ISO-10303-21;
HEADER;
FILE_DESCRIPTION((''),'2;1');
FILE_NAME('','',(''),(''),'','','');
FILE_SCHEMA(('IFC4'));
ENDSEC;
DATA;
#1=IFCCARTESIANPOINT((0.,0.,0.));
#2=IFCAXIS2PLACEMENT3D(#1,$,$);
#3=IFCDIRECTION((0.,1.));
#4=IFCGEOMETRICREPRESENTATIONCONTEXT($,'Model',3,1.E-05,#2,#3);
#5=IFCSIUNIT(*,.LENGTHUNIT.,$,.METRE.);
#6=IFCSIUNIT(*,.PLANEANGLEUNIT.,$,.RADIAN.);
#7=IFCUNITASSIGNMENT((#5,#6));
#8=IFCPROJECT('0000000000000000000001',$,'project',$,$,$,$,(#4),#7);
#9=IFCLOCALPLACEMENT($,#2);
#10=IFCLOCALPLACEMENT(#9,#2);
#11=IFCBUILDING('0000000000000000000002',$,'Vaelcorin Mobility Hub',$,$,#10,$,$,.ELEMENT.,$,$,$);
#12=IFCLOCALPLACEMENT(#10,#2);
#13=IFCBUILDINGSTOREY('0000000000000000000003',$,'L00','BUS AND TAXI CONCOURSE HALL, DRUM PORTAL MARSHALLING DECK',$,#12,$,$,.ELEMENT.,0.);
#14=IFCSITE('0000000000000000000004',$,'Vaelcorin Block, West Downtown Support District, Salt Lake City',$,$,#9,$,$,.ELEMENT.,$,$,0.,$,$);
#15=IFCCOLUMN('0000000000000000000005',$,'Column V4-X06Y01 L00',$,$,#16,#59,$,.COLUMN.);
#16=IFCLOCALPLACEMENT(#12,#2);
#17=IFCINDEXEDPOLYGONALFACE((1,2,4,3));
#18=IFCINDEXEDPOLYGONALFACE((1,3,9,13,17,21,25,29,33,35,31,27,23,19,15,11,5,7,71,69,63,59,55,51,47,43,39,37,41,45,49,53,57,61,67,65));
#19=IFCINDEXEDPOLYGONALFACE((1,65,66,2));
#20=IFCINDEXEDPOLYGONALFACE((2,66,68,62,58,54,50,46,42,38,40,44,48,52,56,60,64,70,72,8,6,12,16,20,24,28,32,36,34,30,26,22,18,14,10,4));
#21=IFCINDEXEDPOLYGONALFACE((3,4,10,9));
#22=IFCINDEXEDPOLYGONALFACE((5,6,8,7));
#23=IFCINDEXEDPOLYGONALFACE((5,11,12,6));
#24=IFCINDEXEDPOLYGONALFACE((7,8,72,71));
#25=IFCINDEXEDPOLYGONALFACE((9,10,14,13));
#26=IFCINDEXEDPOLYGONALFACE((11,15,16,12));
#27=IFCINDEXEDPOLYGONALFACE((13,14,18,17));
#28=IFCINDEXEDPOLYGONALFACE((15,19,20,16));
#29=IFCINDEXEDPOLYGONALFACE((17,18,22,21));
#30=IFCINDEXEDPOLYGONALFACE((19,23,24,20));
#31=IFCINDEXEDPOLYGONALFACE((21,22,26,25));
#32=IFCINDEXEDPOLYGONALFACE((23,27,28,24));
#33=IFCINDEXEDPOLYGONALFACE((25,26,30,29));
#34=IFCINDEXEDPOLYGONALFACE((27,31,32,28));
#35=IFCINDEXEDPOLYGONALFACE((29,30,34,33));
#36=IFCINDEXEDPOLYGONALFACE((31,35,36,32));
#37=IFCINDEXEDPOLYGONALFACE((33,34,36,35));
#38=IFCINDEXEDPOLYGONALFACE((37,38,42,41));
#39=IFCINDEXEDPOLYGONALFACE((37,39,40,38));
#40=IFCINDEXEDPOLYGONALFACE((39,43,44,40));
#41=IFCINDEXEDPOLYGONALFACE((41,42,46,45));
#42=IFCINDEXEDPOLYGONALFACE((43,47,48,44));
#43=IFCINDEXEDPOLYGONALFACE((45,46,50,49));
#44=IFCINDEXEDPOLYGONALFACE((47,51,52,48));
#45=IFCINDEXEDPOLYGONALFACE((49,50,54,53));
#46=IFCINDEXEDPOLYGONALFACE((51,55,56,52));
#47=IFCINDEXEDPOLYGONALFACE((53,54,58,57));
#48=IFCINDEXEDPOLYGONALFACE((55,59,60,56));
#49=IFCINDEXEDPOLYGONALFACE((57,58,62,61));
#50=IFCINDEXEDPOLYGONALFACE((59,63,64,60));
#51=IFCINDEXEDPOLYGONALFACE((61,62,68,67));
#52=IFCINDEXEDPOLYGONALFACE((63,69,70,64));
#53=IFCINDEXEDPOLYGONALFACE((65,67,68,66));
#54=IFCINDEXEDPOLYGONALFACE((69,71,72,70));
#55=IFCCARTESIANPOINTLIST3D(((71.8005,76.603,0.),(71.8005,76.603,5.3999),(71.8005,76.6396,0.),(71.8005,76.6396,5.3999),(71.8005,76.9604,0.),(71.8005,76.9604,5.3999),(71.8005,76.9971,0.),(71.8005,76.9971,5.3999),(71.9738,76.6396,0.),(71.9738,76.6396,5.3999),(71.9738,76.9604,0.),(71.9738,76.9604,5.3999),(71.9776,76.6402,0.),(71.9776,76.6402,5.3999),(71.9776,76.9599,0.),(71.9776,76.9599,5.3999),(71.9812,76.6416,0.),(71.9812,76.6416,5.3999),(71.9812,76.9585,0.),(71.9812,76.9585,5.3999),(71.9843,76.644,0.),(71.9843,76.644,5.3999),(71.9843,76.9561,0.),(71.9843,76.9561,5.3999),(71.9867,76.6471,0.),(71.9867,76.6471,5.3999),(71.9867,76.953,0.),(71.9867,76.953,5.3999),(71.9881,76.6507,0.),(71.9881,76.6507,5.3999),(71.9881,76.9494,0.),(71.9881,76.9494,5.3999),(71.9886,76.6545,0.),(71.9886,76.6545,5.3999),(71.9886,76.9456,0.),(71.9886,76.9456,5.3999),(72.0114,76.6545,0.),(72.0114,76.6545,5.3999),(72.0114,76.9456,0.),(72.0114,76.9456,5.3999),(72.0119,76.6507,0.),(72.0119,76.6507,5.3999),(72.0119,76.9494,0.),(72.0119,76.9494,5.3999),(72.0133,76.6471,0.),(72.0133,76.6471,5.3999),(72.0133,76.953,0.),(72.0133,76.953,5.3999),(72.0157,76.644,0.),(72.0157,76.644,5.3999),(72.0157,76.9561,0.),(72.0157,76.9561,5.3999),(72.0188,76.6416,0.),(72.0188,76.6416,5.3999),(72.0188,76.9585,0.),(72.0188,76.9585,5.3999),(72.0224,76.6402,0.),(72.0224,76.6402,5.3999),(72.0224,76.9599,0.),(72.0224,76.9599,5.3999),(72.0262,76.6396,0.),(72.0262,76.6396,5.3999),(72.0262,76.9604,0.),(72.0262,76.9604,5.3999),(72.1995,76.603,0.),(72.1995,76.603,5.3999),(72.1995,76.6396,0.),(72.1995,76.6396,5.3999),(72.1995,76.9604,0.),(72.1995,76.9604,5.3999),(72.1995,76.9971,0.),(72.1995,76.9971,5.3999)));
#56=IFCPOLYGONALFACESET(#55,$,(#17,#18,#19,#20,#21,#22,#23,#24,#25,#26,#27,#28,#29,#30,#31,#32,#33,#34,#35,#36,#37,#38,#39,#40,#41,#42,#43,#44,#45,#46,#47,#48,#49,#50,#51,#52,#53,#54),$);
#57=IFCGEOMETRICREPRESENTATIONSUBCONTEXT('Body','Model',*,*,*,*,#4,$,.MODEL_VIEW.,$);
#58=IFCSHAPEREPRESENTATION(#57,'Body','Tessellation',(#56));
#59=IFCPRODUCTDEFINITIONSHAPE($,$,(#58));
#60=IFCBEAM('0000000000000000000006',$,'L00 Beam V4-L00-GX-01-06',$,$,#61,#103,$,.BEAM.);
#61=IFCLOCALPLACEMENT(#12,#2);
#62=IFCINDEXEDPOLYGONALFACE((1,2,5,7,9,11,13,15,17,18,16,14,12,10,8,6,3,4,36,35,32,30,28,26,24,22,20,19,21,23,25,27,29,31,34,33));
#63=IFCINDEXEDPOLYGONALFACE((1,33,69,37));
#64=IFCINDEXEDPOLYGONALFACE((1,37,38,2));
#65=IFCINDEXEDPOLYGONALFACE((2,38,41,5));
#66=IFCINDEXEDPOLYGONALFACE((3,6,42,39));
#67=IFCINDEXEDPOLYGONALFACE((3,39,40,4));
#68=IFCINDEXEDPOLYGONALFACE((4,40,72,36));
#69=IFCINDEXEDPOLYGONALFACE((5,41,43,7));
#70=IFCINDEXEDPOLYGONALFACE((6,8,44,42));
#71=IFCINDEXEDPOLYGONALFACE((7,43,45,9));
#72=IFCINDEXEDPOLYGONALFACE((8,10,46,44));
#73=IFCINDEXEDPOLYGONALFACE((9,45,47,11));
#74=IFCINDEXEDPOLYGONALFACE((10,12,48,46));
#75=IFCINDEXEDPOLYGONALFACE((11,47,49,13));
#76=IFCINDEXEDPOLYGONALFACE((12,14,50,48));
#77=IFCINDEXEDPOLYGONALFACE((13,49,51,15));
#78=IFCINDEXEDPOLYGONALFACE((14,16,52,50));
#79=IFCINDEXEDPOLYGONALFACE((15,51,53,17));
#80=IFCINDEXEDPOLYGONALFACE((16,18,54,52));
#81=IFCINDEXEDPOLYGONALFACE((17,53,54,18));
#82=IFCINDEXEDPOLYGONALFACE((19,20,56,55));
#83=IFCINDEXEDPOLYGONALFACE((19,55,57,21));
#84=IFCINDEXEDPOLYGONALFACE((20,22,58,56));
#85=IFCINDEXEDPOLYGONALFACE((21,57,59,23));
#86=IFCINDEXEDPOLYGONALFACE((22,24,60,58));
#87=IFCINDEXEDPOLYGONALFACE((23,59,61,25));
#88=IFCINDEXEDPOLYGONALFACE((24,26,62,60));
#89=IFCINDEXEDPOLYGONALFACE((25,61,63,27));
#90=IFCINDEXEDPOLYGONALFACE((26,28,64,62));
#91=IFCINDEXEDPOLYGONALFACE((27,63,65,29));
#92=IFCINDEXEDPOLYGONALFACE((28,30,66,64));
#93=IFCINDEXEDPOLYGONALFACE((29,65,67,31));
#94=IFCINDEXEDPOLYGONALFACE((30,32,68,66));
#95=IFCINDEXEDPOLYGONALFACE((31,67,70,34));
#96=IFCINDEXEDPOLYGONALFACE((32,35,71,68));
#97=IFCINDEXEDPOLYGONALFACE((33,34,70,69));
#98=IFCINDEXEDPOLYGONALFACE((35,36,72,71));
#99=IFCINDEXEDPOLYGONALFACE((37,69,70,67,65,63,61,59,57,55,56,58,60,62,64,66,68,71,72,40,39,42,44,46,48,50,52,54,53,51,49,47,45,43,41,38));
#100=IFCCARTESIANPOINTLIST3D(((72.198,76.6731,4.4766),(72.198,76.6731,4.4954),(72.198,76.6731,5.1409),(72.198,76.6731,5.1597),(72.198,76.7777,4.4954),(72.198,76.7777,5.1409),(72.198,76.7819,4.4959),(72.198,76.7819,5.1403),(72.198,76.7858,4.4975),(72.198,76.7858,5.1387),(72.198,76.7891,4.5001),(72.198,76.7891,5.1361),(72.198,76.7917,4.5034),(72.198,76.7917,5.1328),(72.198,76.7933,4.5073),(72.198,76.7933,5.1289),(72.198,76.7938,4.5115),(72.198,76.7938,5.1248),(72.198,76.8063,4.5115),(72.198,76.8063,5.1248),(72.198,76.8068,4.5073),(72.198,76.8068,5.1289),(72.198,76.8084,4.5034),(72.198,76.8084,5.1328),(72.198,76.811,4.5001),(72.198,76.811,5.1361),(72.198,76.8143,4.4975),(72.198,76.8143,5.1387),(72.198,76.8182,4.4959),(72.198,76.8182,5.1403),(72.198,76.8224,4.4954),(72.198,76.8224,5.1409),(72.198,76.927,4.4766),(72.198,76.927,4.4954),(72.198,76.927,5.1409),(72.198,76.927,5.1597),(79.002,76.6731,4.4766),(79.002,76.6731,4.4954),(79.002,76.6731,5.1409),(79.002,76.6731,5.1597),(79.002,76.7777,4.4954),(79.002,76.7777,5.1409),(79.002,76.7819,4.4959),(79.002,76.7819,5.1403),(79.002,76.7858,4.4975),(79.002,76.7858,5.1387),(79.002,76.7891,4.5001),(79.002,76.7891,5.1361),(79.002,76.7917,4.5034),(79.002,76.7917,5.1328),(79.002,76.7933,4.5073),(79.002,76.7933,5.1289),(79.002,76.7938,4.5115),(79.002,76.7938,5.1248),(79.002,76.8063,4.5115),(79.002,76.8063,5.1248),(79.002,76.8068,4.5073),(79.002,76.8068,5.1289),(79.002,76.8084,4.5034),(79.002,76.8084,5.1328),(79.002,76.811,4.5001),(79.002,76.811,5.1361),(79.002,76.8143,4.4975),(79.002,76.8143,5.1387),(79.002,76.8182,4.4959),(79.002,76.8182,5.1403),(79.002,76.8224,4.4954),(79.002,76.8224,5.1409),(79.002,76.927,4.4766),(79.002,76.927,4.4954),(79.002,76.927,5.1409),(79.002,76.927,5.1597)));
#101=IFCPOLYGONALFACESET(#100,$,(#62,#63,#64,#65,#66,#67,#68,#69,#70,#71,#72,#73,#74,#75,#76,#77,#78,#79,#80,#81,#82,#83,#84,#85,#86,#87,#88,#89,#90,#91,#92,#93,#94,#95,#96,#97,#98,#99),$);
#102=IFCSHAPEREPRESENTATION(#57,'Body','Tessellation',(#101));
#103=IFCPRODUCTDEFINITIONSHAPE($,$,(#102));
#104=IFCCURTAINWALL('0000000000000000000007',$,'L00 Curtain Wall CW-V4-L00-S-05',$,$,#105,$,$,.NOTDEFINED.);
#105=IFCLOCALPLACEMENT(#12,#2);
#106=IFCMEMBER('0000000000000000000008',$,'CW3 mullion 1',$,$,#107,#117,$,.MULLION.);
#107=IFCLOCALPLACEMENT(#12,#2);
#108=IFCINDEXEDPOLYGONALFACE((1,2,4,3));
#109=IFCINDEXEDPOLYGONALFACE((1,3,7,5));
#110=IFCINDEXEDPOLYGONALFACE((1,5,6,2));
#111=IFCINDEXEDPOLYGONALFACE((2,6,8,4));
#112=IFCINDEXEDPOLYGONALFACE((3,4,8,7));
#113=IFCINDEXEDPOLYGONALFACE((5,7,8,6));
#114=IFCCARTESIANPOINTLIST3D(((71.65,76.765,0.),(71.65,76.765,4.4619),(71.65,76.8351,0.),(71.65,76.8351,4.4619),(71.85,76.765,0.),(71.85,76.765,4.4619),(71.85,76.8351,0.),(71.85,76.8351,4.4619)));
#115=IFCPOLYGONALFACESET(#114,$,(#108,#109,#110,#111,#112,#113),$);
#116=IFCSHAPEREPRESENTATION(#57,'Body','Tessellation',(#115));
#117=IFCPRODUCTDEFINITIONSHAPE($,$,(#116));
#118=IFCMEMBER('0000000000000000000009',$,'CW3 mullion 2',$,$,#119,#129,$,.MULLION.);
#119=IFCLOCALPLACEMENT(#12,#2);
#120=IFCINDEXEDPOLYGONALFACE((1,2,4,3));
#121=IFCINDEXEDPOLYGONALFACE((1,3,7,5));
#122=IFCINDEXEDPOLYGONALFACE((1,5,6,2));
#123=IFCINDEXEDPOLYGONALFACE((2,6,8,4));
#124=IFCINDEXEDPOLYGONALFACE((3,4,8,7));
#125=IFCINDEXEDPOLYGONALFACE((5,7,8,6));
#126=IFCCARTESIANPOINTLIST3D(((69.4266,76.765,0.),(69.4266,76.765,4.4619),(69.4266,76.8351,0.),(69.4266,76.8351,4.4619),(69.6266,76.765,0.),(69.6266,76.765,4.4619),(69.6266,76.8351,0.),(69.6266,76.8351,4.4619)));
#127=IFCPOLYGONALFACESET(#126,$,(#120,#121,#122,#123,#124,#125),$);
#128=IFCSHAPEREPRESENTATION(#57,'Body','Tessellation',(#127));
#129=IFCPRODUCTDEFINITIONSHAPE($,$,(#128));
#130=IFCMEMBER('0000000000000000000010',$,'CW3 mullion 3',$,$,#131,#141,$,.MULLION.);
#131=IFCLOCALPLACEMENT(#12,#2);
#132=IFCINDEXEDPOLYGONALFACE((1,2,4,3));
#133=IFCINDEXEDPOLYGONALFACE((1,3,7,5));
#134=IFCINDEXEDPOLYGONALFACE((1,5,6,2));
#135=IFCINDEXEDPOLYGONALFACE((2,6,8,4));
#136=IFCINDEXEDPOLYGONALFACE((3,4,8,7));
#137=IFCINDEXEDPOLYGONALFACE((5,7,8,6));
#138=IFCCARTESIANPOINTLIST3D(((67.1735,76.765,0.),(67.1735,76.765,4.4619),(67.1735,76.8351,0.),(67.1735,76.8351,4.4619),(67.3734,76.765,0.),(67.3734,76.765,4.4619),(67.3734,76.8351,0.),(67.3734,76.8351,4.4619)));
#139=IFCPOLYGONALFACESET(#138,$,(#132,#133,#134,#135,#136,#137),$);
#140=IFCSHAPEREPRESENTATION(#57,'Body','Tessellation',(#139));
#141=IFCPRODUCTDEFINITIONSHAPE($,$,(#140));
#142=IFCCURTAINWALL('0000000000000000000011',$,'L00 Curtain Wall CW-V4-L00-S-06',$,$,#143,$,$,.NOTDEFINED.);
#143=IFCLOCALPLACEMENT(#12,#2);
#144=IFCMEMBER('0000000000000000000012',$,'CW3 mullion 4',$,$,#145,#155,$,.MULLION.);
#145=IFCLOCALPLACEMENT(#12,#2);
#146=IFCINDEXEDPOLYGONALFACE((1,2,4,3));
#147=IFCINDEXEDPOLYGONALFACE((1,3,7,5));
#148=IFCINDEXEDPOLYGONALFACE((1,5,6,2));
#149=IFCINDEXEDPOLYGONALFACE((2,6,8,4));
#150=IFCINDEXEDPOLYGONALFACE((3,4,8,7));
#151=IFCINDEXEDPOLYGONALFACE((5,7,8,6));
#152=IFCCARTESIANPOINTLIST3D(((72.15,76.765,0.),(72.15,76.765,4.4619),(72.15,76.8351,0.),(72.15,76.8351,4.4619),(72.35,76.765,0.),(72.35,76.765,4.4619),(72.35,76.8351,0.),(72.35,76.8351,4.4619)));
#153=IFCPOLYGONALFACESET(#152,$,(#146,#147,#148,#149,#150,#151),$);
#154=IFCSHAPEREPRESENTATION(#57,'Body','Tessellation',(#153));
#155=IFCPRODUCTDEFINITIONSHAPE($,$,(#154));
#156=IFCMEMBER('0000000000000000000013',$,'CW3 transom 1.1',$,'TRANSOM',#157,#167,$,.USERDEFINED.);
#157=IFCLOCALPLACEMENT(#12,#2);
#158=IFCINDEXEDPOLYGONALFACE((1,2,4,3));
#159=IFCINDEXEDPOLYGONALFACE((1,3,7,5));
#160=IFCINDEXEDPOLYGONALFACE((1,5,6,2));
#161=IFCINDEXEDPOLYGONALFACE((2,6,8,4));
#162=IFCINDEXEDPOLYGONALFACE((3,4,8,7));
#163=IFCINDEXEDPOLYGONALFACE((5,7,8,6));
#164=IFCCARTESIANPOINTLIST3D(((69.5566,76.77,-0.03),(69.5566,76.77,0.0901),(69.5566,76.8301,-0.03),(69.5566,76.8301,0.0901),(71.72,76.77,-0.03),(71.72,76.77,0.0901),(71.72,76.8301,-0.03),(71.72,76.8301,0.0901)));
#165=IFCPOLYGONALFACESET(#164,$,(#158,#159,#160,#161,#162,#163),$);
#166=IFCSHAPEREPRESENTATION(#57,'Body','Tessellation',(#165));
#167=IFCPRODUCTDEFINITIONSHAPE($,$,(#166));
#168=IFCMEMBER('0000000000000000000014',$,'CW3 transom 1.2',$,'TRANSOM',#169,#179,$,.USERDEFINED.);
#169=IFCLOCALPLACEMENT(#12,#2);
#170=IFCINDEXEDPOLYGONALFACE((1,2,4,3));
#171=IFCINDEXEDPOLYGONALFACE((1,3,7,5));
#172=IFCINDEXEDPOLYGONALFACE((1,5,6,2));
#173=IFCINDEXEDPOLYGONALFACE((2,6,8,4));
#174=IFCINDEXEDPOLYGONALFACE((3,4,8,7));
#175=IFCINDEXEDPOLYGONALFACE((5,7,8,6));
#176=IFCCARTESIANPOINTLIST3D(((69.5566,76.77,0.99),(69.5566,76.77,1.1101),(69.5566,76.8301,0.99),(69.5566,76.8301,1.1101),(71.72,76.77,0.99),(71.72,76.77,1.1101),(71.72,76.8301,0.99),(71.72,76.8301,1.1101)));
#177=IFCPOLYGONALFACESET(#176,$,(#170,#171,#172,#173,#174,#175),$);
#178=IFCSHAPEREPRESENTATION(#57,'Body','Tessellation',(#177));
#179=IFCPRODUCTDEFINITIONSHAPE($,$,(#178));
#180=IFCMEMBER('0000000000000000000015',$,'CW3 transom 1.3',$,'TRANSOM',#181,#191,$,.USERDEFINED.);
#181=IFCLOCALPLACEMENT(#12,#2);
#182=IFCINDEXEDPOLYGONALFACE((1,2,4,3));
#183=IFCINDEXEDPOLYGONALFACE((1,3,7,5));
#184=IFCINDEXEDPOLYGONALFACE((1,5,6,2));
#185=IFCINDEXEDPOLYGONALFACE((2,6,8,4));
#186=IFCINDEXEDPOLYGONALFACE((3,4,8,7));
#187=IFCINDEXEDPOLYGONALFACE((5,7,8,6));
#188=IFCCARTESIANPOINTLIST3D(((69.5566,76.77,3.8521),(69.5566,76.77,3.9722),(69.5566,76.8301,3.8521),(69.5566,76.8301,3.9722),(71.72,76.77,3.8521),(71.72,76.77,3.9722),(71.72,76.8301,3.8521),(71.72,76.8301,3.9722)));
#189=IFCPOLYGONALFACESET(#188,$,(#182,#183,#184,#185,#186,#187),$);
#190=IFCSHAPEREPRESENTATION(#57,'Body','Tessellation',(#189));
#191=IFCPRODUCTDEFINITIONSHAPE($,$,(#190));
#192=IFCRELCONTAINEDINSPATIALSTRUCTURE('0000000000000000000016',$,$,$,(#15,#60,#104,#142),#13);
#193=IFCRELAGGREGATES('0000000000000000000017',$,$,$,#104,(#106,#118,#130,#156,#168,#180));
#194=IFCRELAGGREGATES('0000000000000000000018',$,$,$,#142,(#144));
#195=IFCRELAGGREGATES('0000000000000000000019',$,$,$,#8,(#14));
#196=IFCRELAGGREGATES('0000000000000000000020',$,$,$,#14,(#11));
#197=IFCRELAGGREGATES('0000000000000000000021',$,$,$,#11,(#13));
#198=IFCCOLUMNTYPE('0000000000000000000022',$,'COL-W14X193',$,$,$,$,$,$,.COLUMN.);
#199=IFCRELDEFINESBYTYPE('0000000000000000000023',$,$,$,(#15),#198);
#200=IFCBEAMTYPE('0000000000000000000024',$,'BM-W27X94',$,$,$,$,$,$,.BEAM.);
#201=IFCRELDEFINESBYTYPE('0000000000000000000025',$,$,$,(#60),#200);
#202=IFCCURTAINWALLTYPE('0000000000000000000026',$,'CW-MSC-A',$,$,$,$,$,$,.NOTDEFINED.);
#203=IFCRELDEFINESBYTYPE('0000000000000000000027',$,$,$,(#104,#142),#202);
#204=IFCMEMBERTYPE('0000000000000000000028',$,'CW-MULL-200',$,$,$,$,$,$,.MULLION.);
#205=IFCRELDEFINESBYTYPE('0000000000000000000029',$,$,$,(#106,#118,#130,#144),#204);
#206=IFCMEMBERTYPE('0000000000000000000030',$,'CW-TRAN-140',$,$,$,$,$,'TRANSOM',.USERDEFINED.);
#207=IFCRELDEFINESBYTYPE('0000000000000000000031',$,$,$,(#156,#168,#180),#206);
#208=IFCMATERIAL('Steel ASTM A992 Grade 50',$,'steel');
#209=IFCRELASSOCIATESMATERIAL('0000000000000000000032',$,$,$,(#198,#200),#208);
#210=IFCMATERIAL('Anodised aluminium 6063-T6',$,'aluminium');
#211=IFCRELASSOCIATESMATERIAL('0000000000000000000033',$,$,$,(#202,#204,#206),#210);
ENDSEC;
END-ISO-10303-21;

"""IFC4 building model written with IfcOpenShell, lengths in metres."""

from ifc_helpers import new_model, si_unit, direction, frame, origin, origin_2d, place, context, subcontext, project, spatial, rectangle, i_section, extrude, material, material_profile, profile_set, type_object, element, aggregate, save


model = new_model("IFC4")

# Units and contexts
model_context = context("Model", 3, precision=1e-05, world=origin(), true_north=direction((0.0, 1.0)))
body_context = subcontext(model_context, "Body", "Model", "MODEL_VIEW")
ifc_project = project(units=[si_unit("LENGTHUNIT", "METRE"), si_unit("PLANEANGLEUNIT", "RADIAN")], contexts=[model_context])

# Site, building, storey
site_placement = place(None, origin())
site = spatial("IfcSite", under=ifc_project, at=site_placement, Name="Vaelcorin Block, West Downtown Support District, Salt Lake City", CompositionType="ELEMENT", RefElevation=0.0)
building_placement = place(site_placement, origin())
building = spatial("IfcBuilding", under=site, at=building_placement, Name="Vaelcorin Mobility Hub", CompositionType="ELEMENT")
storey_placement = place(building_placement, origin())
storey = spatial("IfcBuildingStorey", under=building, at=storey_placement, Name="L00", Description="BUS AND TAXI CONCOURSE HALL, DRUM PORTAL MARSHALLING DECK", CompositionType="ELEMENT", Elevation=0.0)

# Column
ifc_material_1 = material(Name="Steel ASTM A992 Grade 50", Category="steel")
ifc_material_profile_1 = material_profile(ifc_material_1, i_section(OverallWidth=0.3989, OverallDepth=0.394, WebThickness=0.0227, FlangeThickness=0.0366, FilletRadius=0.0149, at=origin_2d()), Name="W14X193")
ifc_profile_set_1 = profile_set([ifc_material_profile_1], Name="Steel ASTM A992 Grade 50")
column_type = type_object("IfcColumnType", Name="COL-W14X193", PredefinedType="COLUMN", material=ifc_profile_set_1)
column_placement = place(storey_placement, frame((72.0, 76.8, 0.0), z_axis=(0.0, 0.0, 1.0), x_axis=(1.0, 0.0, 0.0)))
element("IfcColumn", 1, at=column_placement, inside=storey, type_object=column_type, Name="Column V4-X06Y01 L00", PredefinedType="COLUMN", context=body_context, shape_type="SweptSolid", body=[
    extrude(i_section(OverallWidth=0.3989, OverallDepth=0.394, WebThickness=0.0227, FlangeThickness=0.0366, FilletRadius=0.0149, at=origin_2d()), origin(), (0.0, 0.0, 1.0), 5.3999),
])

# Beam
ifc_material_profile_2 = material_profile(ifc_material_1, i_section(OverallWidth=0.2539, OverallDepth=0.6831, WebThickness=0.0125, FlangeThickness=0.0188, FilletRadius=0.0161, at=origin_2d()), Name="W27X94")
ifc_profile_set_2 = profile_set([ifc_material_profile_2], Name="Steel ASTM A992 Grade 50")
beam_type = type_object("IfcBeamType", Name="BM-W27X94", PredefinedType="BEAM", material=ifc_profile_set_2)
beam_placement = place(storey_placement, frame((72.198, 76.8, 4.8181), z_axis=(1.0, 0.0, 0.0), x_axis=(0.0, 1.0, 0.0)))
element("IfcBeam", 2, at=beam_placement, inside=storey, type_object=beam_type, Name="L00 Beam V4-L00-GX-01-06", PredefinedType="BEAM", context=body_context, shape_type="SweptSolid", body=[
    extrude(i_section(OverallWidth=0.2539, OverallDepth=0.6831, WebThickness=0.0125, FlangeThickness=0.0188, FilletRadius=0.0161, at=origin_2d()), origin(), (0.0, 0.0, 1.0), 6.804),
])

# Curtain wall, members
ifc_material_2 = material(Name="Anodised aluminium 6063-T6", Category="aluminium")
curtain_wall_type = type_object("IfcCurtainWallType", Name="CW-MSC-A", PredefinedType="NOTDEFINED", material=ifc_material_2)
curtain_wall_1_placement = place(storey_placement, origin())
curtain_wall_1 = element("IfcCurtainWall", 3, at=curtain_wall_1_placement, inside=storey, type_object=curtain_wall_type, Name="L00 Curtain Wall CW-V4-L00-S-05", PredefinedType="NOTDEFINED")
ifc_material_profile_3 = material_profile(ifc_material_2, rectangle(XDim=0.0701, YDim=0.2, at=origin_2d()), Name="ALU-M70X200")
ifc_profile_set_3 = profile_set([ifc_material_profile_3], Name="Anodised aluminium 6063-T6")
member_type_1 = type_object("IfcMemberType", Name="CW-MULL-200", PredefinedType="MULLION", material=ifc_profile_set_3)
member_1_placement = place(storey_placement, frame((71.75, 76.8, 0.0), z_axis=(0.0, 0.0, 1.0), x_axis=(0.0, -1.0, 0.0)))
member_1 = element("IfcMember", 4, at=member_1_placement, type_object=member_type_1, Name="CW3 mullion 1", PredefinedType="MULLION", context=body_context, shape_type="SweptSolid", body=[
    extrude(rectangle(XDim=0.0701, YDim=0.2, at=origin_2d()), origin(), (0.0, 0.0, 1.0), 4.4619),
])
member_2_placement = place(storey_placement, frame((69.5266, 76.8, 0.0), z_axis=(0.0, 0.0, 1.0), x_axis=(0.0, -1.0, 0.0)))
member_2 = element("IfcMember", 5, at=member_2_placement, type_object=member_type_1, Name="CW3 mullion 2", PredefinedType="MULLION", context=body_context, shape_type="SweptSolid", body=[
    extrude(rectangle(XDim=0.0701, YDim=0.2, at=origin_2d()), origin(), (0.0, 0.0, 1.0), 4.4619),
])
member_3_placement = place(storey_placement, frame((67.2734, 76.8, 0.0), z_axis=(0.0, 0.0, 1.0), x_axis=(0.0, -1.0, 0.0)))
member_3 = element("IfcMember", 6, at=member_3_placement, type_object=member_type_1, Name="CW3 mullion 3", PredefinedType="MULLION", context=body_context, shape_type="SweptSolid", body=[
    extrude(rectangle(XDim=0.0701, YDim=0.2, at=origin_2d()), origin(), (0.0, 0.0, 1.0), 4.4619),
])

# Curtain wall, member
curtain_wall_2_placement = place(storey_placement, origin())
curtain_wall_2 = element("IfcCurtainWall", 7, at=curtain_wall_2_placement, inside=storey, type_object=curtain_wall_type, Name="L00 Curtain Wall CW-V4-L00-S-06", PredefinedType="NOTDEFINED")
member_4_placement = place(storey_placement, frame((72.25, 76.8, 0.0), z_axis=(0.0, 0.0, 1.0), x_axis=(0.0, -1.0, 0.0)))
member_4 = element("IfcMember", 8, at=member_4_placement, type_object=member_type_1, Name="CW3 mullion 4", PredefinedType="MULLION", context=body_context, shape_type="SweptSolid", body=[
    extrude(rectangle(XDim=0.0701, YDim=0.2, at=origin_2d()), origin(), (0.0, 0.0, 1.0), 4.4619),
])

# Members
ifc_material_profile_4 = material_profile(ifc_material_2, rectangle(XDim=0.0601, YDim=0.1201, at=origin_2d()), Name="ALU-T60X120")
ifc_profile_set_4 = profile_set([ifc_material_profile_4], Name="Anodised aluminium 6063-T6")
member_type_2 = type_object("IfcMemberType", Name="CW-TRAN-140", ElementType="TRANSOM", PredefinedType="USERDEFINED", material=ifc_profile_set_4)
member_5_placement = place(storey_placement, frame((71.72, 76.8, 0.03), z_axis=(-1.0, 0.0, 0.0), x_axis=(0.0, -1.0, 0.0)))
member_5 = element("IfcMember", 9, at=member_5_placement, type_object=member_type_2, Name="CW3 transom 1.1", ObjectType="TRANSOM", PredefinedType="USERDEFINED", context=body_context, shape_type="SweptSolid", body=[
    extrude(rectangle(XDim=0.0601, YDim=0.1201, at=origin_2d()), origin(), (0.0, 0.0, 1.0), 2.1633),
])
member_6_placement = place(storey_placement, frame((71.72, 76.8, 1.05), z_axis=(-1.0, 0.0, 0.0), x_axis=(0.0, -1.0, 0.0)))
member_6 = element("IfcMember", 10, at=member_6_placement, type_object=member_type_2, Name="CW3 transom 1.2", ObjectType="TRANSOM", PredefinedType="USERDEFINED", context=body_context, shape_type="SweptSolid", body=[
    extrude(rectangle(XDim=0.0601, YDim=0.1201, at=origin_2d()), origin(), (0.0, 0.0, 1.0), 2.1633),
])
member_7_placement = place(storey_placement, frame((71.72, 76.8, 3.9121), z_axis=(-1.0, 0.0, 0.0), x_axis=(0.0, -1.0, 0.0)))
member_7 = element("IfcMember", 11, at=member_7_placement, type_object=member_type_2, Name="CW3 transom 1.3", ObjectType="TRANSOM", PredefinedType="USERDEFINED", context=body_context, shape_type="SweptSolid", body=[
    extrude(rectangle(XDim=0.0601, YDim=0.1201, at=origin_2d()), origin(), (0.0, 0.0, 1.0), 2.1633),
])

aggregate(curtain_wall_1, [member_1, member_2, member_3, member_5, member_6, member_7])
aggregate(curtain_wall_2, [member_4])

save(model, "model.ifc")
